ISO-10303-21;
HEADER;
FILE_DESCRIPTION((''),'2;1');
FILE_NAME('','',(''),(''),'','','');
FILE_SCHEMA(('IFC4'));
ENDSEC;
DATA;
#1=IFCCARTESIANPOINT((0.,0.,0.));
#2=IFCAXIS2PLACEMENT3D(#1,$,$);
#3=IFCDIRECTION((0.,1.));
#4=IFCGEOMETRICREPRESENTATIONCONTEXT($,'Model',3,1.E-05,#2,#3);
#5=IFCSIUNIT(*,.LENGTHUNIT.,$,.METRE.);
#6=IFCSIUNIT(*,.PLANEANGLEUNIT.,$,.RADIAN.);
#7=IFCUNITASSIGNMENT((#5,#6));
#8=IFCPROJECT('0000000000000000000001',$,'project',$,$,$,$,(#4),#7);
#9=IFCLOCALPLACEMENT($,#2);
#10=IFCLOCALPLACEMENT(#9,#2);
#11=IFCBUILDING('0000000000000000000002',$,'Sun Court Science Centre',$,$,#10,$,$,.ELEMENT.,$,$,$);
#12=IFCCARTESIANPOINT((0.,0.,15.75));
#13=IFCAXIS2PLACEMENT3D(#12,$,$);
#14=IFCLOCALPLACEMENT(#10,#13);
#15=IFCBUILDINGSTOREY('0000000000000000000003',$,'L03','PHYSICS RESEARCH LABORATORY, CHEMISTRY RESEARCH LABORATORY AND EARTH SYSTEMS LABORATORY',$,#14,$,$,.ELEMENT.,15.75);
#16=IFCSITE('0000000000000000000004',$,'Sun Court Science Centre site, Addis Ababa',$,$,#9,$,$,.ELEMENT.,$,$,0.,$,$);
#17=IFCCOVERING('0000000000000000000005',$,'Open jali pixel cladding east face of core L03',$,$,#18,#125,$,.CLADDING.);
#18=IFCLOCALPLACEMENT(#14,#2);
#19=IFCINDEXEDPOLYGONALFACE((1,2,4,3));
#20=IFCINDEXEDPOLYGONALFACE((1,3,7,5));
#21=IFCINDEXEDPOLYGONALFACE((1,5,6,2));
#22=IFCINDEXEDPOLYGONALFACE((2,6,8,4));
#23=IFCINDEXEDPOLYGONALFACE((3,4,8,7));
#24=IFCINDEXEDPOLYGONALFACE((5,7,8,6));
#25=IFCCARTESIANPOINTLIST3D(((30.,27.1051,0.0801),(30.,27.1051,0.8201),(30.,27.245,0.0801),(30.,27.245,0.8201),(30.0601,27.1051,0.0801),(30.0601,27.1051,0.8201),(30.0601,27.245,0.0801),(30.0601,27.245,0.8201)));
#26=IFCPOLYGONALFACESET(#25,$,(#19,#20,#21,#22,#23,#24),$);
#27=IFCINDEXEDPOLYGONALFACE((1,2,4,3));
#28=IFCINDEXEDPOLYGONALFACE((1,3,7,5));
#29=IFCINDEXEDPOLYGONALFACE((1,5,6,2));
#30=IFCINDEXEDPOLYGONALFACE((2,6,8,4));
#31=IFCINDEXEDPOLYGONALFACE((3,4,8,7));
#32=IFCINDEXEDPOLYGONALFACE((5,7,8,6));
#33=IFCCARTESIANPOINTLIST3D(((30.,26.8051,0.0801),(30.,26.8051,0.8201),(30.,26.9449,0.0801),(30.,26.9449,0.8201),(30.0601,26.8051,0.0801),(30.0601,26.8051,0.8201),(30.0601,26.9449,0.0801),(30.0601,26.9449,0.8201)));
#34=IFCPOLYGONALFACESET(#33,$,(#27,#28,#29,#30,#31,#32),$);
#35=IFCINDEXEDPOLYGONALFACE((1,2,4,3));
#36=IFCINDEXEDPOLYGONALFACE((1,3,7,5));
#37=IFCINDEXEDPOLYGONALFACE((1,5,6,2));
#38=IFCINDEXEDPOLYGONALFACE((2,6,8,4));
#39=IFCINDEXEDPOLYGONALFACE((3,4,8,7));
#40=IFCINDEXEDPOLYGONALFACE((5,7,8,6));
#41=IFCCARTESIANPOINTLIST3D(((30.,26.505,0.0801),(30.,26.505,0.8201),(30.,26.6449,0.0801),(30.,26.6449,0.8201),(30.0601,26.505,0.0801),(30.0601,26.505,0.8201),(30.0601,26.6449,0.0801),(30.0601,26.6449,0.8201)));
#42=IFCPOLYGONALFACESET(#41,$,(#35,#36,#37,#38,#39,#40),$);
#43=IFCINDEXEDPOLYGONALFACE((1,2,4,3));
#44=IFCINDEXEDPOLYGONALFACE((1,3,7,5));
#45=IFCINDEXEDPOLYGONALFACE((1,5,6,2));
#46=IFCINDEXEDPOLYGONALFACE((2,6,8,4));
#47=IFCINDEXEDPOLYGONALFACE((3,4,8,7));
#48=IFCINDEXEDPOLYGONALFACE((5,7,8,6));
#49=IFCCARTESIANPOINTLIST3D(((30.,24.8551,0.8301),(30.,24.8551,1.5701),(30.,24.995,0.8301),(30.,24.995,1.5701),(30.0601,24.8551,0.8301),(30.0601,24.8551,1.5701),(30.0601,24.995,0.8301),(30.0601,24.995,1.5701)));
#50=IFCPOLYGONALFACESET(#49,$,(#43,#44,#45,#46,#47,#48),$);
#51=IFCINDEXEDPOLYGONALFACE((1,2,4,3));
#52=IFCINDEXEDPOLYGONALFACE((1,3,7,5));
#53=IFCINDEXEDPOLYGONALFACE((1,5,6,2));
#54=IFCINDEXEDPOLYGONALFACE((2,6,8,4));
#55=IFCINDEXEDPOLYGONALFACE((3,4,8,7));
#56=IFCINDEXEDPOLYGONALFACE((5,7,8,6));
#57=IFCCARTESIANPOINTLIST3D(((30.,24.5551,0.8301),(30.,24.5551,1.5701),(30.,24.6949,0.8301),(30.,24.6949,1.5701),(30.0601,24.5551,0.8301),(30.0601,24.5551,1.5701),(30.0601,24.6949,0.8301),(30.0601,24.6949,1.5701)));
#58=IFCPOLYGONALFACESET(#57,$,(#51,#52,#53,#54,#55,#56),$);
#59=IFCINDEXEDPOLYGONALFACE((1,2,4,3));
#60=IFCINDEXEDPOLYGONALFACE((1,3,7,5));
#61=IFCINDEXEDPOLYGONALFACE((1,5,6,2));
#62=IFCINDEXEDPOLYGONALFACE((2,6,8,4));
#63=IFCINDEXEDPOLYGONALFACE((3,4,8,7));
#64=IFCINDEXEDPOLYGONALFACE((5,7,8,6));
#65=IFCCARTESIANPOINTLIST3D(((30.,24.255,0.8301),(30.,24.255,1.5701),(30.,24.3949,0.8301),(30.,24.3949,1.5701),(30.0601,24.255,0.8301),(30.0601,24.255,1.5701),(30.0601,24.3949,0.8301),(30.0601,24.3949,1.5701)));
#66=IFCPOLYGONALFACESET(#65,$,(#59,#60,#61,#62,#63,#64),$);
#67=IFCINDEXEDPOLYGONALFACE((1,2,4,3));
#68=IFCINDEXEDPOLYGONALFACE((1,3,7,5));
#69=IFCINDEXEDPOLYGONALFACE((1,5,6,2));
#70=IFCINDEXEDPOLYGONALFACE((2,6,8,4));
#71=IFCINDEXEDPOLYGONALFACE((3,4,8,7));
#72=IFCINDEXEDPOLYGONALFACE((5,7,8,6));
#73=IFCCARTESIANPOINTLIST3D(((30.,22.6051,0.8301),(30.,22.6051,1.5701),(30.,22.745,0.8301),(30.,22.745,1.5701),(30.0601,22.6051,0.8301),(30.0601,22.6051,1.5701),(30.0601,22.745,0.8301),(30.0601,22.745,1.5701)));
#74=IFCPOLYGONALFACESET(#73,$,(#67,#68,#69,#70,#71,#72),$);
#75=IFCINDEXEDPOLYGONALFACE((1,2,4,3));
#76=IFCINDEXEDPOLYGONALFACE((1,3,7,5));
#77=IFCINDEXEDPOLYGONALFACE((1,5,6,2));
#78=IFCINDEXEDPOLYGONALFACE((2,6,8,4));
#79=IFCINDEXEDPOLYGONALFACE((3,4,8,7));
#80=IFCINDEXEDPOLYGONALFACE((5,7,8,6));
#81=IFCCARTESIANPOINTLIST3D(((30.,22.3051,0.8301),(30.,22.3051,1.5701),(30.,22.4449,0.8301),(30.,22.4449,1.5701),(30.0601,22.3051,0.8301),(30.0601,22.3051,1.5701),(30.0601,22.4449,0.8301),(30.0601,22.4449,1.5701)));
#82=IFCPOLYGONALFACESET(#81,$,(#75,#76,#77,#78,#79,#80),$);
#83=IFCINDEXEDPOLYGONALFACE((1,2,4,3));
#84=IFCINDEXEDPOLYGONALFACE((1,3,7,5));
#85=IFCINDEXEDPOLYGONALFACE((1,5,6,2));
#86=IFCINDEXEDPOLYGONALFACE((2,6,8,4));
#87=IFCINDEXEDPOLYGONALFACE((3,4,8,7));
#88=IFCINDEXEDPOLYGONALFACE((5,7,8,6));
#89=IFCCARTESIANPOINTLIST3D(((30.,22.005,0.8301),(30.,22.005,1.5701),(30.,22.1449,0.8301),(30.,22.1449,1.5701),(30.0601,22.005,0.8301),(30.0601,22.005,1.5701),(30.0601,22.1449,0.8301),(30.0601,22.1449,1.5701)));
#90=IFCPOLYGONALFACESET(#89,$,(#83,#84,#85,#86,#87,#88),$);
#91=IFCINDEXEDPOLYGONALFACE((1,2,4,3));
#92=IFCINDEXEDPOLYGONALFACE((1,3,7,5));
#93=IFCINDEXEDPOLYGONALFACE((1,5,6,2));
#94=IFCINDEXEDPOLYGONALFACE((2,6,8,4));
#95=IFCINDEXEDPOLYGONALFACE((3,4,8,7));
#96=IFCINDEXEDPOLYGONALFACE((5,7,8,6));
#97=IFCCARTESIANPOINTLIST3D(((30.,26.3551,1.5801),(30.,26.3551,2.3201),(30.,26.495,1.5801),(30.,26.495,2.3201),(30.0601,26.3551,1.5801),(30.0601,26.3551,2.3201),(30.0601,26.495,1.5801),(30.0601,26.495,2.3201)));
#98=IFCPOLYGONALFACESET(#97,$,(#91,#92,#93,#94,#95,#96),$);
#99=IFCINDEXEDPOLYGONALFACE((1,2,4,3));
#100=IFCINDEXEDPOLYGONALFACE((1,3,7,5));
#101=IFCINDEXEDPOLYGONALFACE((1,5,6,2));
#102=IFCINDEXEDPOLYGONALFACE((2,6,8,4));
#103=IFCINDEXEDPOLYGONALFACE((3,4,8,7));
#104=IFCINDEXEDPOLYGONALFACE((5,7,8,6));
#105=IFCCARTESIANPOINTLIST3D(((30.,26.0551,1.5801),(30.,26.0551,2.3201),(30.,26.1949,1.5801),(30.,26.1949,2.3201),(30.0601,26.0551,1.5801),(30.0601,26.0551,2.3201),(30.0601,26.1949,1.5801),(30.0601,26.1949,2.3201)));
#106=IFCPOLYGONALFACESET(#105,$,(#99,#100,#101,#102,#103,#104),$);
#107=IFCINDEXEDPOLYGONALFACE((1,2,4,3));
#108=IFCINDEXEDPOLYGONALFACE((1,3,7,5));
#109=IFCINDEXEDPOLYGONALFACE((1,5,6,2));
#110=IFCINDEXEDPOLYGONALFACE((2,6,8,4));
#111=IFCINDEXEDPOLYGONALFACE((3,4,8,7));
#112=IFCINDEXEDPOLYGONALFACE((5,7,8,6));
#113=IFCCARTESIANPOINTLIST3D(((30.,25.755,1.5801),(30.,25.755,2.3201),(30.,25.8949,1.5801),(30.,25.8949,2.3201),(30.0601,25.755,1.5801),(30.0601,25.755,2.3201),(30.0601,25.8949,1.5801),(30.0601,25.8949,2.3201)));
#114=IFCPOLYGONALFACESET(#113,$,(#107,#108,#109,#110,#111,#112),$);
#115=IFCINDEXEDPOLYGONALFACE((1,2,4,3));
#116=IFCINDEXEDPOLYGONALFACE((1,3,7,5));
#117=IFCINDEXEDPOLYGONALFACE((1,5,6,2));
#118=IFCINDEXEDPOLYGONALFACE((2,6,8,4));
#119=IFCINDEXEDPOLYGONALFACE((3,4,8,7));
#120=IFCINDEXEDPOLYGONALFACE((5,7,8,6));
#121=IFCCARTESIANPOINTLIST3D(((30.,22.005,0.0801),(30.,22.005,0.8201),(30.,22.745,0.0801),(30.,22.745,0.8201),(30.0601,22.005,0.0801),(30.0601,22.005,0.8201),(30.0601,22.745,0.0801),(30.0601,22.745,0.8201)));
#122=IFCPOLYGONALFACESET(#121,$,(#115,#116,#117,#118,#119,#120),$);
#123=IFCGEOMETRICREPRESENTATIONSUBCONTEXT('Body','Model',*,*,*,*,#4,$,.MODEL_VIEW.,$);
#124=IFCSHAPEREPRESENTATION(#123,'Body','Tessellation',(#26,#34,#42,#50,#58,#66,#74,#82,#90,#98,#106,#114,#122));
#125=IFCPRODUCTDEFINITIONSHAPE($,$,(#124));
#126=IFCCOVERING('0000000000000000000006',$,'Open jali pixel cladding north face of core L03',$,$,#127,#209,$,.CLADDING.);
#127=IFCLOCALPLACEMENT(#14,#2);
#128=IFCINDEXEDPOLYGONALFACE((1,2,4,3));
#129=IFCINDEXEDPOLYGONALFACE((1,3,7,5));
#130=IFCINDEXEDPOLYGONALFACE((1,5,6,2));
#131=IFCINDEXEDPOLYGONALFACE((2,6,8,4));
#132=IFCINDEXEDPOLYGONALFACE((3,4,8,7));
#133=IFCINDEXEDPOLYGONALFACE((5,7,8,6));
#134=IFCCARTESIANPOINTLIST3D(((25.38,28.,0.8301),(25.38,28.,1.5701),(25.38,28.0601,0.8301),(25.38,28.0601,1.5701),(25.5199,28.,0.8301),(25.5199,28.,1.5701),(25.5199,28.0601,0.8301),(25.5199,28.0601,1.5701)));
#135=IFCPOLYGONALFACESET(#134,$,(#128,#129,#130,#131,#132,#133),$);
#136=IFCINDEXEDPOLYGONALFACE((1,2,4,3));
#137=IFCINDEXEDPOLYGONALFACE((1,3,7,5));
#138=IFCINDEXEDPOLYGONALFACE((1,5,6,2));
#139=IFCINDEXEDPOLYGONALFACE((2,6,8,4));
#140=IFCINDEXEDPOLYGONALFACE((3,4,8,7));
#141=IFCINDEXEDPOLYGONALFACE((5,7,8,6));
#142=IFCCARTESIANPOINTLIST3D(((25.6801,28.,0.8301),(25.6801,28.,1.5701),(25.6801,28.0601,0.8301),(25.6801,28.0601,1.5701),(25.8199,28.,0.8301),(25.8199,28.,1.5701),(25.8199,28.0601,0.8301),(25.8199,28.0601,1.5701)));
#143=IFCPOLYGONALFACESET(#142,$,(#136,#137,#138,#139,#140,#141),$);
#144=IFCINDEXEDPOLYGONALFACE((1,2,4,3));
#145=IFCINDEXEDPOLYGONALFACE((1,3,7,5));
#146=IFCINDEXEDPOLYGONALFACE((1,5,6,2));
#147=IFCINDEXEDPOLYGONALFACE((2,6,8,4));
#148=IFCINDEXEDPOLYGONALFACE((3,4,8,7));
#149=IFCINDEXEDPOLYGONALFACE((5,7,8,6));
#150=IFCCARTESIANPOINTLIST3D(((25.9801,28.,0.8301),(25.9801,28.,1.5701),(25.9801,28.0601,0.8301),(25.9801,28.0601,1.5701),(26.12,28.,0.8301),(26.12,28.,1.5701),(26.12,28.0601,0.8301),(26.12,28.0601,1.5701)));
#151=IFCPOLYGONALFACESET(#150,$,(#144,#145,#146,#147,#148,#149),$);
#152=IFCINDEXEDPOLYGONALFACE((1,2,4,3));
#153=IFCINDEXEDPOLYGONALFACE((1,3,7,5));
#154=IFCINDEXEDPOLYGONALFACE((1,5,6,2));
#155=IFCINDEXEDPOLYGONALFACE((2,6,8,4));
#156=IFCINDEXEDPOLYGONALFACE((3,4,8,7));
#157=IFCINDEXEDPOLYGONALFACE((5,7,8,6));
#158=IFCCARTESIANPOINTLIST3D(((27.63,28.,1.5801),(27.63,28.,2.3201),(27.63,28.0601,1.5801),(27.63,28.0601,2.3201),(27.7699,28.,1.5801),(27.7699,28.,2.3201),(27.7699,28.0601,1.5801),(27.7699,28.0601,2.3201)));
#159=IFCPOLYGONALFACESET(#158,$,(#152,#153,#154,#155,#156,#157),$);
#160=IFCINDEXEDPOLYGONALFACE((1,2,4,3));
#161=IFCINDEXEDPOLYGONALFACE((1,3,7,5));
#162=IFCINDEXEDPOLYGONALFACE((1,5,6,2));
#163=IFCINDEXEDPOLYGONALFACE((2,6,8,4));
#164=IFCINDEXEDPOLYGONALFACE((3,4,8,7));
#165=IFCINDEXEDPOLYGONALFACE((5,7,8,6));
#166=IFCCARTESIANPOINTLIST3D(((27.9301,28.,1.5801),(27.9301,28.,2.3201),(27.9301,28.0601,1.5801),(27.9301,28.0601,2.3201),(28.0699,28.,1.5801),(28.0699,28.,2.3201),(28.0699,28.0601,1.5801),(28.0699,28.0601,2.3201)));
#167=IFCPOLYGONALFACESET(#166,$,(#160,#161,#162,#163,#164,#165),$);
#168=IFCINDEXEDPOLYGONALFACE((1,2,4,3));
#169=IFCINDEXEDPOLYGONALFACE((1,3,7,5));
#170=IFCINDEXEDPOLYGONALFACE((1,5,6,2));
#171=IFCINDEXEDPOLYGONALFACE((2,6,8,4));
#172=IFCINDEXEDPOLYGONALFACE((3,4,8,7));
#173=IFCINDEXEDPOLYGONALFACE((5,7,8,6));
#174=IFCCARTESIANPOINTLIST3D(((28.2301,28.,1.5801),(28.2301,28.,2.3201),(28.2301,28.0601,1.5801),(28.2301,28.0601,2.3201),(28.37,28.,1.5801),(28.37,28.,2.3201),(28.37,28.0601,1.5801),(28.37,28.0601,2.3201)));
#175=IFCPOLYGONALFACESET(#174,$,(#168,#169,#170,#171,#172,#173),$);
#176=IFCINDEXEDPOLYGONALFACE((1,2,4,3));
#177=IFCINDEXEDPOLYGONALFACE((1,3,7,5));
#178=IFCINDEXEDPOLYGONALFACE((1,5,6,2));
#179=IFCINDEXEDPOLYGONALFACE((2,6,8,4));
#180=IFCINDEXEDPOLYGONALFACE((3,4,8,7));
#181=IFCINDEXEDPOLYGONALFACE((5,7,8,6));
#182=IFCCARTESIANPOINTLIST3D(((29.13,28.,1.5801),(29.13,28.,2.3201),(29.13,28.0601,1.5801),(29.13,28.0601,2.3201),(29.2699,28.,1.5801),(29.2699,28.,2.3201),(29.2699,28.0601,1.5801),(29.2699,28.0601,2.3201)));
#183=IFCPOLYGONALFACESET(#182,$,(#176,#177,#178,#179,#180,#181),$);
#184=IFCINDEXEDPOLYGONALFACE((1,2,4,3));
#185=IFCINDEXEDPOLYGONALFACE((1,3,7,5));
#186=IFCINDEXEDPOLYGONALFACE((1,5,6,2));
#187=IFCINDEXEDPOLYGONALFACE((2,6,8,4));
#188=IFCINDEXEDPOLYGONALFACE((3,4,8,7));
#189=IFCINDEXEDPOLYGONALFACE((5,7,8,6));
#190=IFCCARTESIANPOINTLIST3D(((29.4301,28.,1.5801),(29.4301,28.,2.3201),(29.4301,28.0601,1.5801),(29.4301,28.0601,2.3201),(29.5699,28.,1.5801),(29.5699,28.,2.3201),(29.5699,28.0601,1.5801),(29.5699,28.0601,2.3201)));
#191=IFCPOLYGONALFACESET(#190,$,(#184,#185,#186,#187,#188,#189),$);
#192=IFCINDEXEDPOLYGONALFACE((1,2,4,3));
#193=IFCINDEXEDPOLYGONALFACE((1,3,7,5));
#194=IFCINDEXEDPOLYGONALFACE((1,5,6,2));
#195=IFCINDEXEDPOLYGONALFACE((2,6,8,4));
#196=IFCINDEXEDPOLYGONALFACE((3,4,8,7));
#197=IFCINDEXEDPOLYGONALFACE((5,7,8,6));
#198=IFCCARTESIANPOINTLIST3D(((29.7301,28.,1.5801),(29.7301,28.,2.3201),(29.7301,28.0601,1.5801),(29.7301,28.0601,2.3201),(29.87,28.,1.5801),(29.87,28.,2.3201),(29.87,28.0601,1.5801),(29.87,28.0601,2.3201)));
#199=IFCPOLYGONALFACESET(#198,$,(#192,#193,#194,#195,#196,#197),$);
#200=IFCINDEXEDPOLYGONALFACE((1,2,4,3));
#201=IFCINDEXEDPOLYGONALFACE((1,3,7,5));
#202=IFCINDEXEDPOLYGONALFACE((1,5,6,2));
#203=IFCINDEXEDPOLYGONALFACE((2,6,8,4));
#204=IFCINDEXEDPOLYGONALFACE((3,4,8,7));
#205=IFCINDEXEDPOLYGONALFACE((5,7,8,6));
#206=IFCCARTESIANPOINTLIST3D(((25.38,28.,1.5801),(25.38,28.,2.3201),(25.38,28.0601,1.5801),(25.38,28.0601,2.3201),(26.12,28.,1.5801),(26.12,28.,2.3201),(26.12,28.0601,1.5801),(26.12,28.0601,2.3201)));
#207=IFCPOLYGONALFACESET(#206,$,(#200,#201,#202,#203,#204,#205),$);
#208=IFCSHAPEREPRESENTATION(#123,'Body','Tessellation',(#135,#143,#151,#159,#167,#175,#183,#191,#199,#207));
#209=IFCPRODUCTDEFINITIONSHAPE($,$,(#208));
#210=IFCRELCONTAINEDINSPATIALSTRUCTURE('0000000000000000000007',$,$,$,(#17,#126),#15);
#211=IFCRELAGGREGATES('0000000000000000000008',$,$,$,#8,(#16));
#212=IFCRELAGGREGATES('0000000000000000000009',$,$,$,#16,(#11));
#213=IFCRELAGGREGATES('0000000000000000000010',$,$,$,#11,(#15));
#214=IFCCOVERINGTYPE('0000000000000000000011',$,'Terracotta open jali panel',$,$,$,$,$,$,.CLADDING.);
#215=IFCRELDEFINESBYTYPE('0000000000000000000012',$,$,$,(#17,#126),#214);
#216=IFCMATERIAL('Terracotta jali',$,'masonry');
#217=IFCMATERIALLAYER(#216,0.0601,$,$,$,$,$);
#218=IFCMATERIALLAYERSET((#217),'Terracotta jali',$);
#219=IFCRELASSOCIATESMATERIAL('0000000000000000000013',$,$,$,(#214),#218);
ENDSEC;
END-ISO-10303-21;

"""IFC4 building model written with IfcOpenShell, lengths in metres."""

from ifc_helpers import new_model, si_unit, direction, frame, origin, origin_2d, place, context, subcontext, project, spatial, rectangle, extrude, material, layer, layer_set, type_object, element, save


model = new_model("IFC4")

# Units and contexts
model_context = context("Model", 3, precision=1e-05, world=origin(), true_north=direction((0.0, 1.0)))
body_context = subcontext(model_context, "Body", "Model", "MODEL_VIEW")
ifc_project = project(units=[si_unit("LENGTHUNIT", "METRE"), si_unit("PLANEANGLEUNIT", "RADIAN")], contexts=[model_context])

# Site, building, storey
site_placement = place(None, origin())
site = spatial("IfcSite", under=ifc_project, at=site_placement, Name="Sun Court Science Centre site, Addis Ababa", CompositionType="ELEMENT", RefElevation=0.0)
building_placement = place(site_placement, origin())
building = spatial("IfcBuilding", under=site, at=building_placement, Name="Sun Court Science Centre", CompositionType="ELEMENT")
storey_placement = place(building_placement, frame((0.0, 0.0, 15.75)))
storey = spatial("IfcBuildingStorey", under=building, at=storey_placement, Name="L03", Description="PHYSICS RESEARCH LABORATORY, CHEMISTRY RESEARCH LABORATORY AND EARTH SYSTEMS LABORATORY", CompositionType="ELEMENT", Elevation=15.75)

# Coverings
ifc_material_1 = material(Name="Terracotta jali", Category="masonry")
ifc_layer_1 = layer(ifc_material_1, 0.0601)
ifc_layer_set_1 = layer_set([ifc_layer_1], Name="Terracotta jali")
covering_type_1 = type_object("IfcCoveringType", Name="Terracotta open jali panel", PredefinedType="CLADDING", material=ifc_layer_set_1)
covering_1_placement = place(storey_placement, frame((0.0, 0.0, -15.75)))
element("IfcCovering", 1, at=covering_1_placement, inside=storey, type_object=covering_type_1, Name="Open jali pixel cladding east face of core L03", PredefinedType="CLADDING", context=body_context, shape_type="SweptSolid", body=[
    extrude(rectangle(XDim=0.1399, YDim=0.0601, at=origin_2d()), frame((30.03, 27.175, 15.8301), z_axis=(0.0, 0.0, 1.0), x_axis=(0.0, -1.0, 0.0)), (0.0, 0.0, 1.0), 0.74),
    extrude(rectangle(XDim=0.1399, YDim=0.0601, at=origin_2d()), frame((30.03, 26.875, 15.8301), z_axis=(0.0, 0.0, 1.0), x_axis=(0.0, -1.0, 0.0)), (0.0, 0.0, 1.0), 0.74),
    extrude(rectangle(XDim=0.1399, YDim=0.0601, at=origin_2d()), frame((30.03, 26.575, 15.8301), z_axis=(0.0, 0.0, 1.0), x_axis=(0.0, -1.0, 0.0)), (0.0, 0.0, 1.0), 0.74),
    extrude(rectangle(XDim=0.1399, YDim=0.0601, at=origin_2d()), frame((30.03, 24.925, 16.5801), z_axis=(0.0, 0.0, 1.0), x_axis=(0.0, -1.0, 0.0)), (0.0, 0.0, 1.0), 0.74),
    extrude(rectangle(XDim=0.1399, YDim=0.0601, at=origin_2d()), frame((30.03, 24.625, 16.5801), z_axis=(0.0, 0.0, 1.0), x_axis=(0.0, -1.0, 0.0)), (0.0, 0.0, 1.0), 0.74),
    extrude(rectangle(XDim=0.1399, YDim=0.0601, at=origin_2d()), frame((30.03, 24.325, 16.5801), z_axis=(0.0, 0.0, 1.0), x_axis=(0.0, -1.0, 0.0)), (0.0, 0.0, 1.0), 0.74),
    extrude(rectangle(XDim=0.1399, YDim=0.0601, at=origin_2d()), frame((30.03, 22.675, 16.5801), z_axis=(0.0, 0.0, 1.0), x_axis=(0.0, -1.0, 0.0)), (0.0, 0.0, 1.0), 0.74),
    extrude(rectangle(XDim=0.1399, YDim=0.0601, at=origin_2d()), frame((30.03, 22.375, 16.5801), z_axis=(0.0, 0.0, 1.0), x_axis=(0.0, -1.0, 0.0)), (0.0, 0.0, 1.0), 0.74),
    extrude(rectangle(XDim=0.1399, YDim=0.0601, at=origin_2d()), frame((30.03, 22.075, 16.5801), z_axis=(0.0, 0.0, 1.0), x_axis=(0.0, -1.0, 0.0)), (0.0, 0.0, 1.0), 0.74),
    extrude(rectangle(XDim=0.1399, YDim=0.0601, at=origin_2d()), frame((30.03, 26.425, 17.3301), z_axis=(0.0, 0.0, 1.0), x_axis=(0.0, -1.0, 0.0)), (0.0, 0.0, 1.0), 0.74),
    extrude(rectangle(XDim=0.1399, YDim=0.0601, at=origin_2d()), frame((30.03, 26.125, 17.3301), z_axis=(0.0, 0.0, 1.0), x_axis=(0.0, -1.0, 0.0)), (0.0, 0.0, 1.0), 0.74),
    extrude(rectangle(XDim=0.1399, YDim=0.0601, at=origin_2d()), frame((30.03, 25.825, 17.3301), z_axis=(0.0, 0.0, 1.0), x_axis=(0.0, -1.0, 0.0)), (0.0, 0.0, 1.0), 0.74),
    extrude(rectangle(XDim=0.74, YDim=0.0601, at=origin_2d()), frame((30.03, 22.375, 15.8301), z_axis=(0.0, 0.0, 1.0), x_axis=(0.0, -1.0, 0.0)), (0.0, 0.0, 1.0), 0.74),
])
covering_2_placement = place(storey_placement, frame((0.0, 0.0, -15.75)))
element("IfcCovering", 2, at=covering_2_placement, inside=storey, type_object=covering_type_1, Name="Open jali pixel cladding north face of core L03", PredefinedType="CLADDING", context=body_context, shape_type="SweptSolid", body=[
    extrude(rectangle(XDim=0.1399, YDim=0.0601, at=origin_2d()), frame((25.45, 28.03, 16.5801), z_axis=(0.0, 0.0, 1.0), x_axis=(1.0, 0.0, 0.0)), (0.0, 0.0, 1.0), 0.74),
    extrude(rectangle(XDim=0.1399, YDim=0.0601, at=origin_2d()), frame((25.75, 28.03, 16.5801), z_axis=(0.0, 0.0, 1.0), x_axis=(1.0, 0.0, 0.0)), (0.0, 0.0, 1.0), 0.74),
    extrude(rectangle(XDim=0.1399, YDim=0.0601, at=origin_2d()), frame((26.05, 28.03, 16.5801), z_axis=(0.0, 0.0, 1.0), x_axis=(1.0, 0.0, 0.0)), (0.0, 0.0, 1.0), 0.74),
    extrude(rectangle(XDim=0.1399, YDim=0.0601, at=origin_2d()), frame((27.7, 28.03, 17.3301), z_axis=(0.0, 0.0, 1.0), x_axis=(1.0, 0.0, 0.0)), (0.0, 0.0, 1.0), 0.74),
    extrude(rectangle(XDim=0.1399, YDim=0.0601, at=origin_2d()), frame((28.0, 28.03, 17.3301), z_axis=(0.0, 0.0, 1.0), x_axis=(1.0, 0.0, 0.0)), (0.0, 0.0, 1.0), 0.74),
    extrude(rectangle(XDim=0.1399, YDim=0.0601, at=origin_2d()), frame((28.3, 28.03, 17.3301), z_axis=(0.0, 0.0, 1.0), x_axis=(1.0, 0.0, 0.0)), (0.0, 0.0, 1.0), 0.74),
    extrude(rectangle(XDim=0.1399, YDim=0.0601, at=origin_2d()), frame((29.2, 28.03, 17.3301), z_axis=(0.0, 0.0, 1.0), x_axis=(1.0, 0.0, 0.0)), (0.0, 0.0, 1.0), 0.74),
    extrude(rectangle(XDim=0.1399, YDim=0.0601, at=origin_2d()), frame((29.5, 28.03, 17.3301), z_axis=(0.0, 0.0, 1.0), x_axis=(1.0, 0.0, 0.0)), (0.0, 0.0, 1.0), 0.74),
    extrude(rectangle(XDim=0.1399, YDim=0.0601, at=origin_2d()), frame((29.8, 28.03, 17.3301), z_axis=(0.0, 0.0, 1.0), x_axis=(1.0, 0.0, 0.0)), (0.0, 0.0, 1.0), 0.74),
    extrude(rectangle(XDim=0.74, YDim=0.0601, at=origin_2d()), frame((25.75, 28.03, 17.3301), z_axis=(0.0, 0.0, 1.0), x_axis=(1.0, 0.0, 0.0)), (0.0, 0.0, 1.0), 0.74),
])

save(model, "model.ifc")
